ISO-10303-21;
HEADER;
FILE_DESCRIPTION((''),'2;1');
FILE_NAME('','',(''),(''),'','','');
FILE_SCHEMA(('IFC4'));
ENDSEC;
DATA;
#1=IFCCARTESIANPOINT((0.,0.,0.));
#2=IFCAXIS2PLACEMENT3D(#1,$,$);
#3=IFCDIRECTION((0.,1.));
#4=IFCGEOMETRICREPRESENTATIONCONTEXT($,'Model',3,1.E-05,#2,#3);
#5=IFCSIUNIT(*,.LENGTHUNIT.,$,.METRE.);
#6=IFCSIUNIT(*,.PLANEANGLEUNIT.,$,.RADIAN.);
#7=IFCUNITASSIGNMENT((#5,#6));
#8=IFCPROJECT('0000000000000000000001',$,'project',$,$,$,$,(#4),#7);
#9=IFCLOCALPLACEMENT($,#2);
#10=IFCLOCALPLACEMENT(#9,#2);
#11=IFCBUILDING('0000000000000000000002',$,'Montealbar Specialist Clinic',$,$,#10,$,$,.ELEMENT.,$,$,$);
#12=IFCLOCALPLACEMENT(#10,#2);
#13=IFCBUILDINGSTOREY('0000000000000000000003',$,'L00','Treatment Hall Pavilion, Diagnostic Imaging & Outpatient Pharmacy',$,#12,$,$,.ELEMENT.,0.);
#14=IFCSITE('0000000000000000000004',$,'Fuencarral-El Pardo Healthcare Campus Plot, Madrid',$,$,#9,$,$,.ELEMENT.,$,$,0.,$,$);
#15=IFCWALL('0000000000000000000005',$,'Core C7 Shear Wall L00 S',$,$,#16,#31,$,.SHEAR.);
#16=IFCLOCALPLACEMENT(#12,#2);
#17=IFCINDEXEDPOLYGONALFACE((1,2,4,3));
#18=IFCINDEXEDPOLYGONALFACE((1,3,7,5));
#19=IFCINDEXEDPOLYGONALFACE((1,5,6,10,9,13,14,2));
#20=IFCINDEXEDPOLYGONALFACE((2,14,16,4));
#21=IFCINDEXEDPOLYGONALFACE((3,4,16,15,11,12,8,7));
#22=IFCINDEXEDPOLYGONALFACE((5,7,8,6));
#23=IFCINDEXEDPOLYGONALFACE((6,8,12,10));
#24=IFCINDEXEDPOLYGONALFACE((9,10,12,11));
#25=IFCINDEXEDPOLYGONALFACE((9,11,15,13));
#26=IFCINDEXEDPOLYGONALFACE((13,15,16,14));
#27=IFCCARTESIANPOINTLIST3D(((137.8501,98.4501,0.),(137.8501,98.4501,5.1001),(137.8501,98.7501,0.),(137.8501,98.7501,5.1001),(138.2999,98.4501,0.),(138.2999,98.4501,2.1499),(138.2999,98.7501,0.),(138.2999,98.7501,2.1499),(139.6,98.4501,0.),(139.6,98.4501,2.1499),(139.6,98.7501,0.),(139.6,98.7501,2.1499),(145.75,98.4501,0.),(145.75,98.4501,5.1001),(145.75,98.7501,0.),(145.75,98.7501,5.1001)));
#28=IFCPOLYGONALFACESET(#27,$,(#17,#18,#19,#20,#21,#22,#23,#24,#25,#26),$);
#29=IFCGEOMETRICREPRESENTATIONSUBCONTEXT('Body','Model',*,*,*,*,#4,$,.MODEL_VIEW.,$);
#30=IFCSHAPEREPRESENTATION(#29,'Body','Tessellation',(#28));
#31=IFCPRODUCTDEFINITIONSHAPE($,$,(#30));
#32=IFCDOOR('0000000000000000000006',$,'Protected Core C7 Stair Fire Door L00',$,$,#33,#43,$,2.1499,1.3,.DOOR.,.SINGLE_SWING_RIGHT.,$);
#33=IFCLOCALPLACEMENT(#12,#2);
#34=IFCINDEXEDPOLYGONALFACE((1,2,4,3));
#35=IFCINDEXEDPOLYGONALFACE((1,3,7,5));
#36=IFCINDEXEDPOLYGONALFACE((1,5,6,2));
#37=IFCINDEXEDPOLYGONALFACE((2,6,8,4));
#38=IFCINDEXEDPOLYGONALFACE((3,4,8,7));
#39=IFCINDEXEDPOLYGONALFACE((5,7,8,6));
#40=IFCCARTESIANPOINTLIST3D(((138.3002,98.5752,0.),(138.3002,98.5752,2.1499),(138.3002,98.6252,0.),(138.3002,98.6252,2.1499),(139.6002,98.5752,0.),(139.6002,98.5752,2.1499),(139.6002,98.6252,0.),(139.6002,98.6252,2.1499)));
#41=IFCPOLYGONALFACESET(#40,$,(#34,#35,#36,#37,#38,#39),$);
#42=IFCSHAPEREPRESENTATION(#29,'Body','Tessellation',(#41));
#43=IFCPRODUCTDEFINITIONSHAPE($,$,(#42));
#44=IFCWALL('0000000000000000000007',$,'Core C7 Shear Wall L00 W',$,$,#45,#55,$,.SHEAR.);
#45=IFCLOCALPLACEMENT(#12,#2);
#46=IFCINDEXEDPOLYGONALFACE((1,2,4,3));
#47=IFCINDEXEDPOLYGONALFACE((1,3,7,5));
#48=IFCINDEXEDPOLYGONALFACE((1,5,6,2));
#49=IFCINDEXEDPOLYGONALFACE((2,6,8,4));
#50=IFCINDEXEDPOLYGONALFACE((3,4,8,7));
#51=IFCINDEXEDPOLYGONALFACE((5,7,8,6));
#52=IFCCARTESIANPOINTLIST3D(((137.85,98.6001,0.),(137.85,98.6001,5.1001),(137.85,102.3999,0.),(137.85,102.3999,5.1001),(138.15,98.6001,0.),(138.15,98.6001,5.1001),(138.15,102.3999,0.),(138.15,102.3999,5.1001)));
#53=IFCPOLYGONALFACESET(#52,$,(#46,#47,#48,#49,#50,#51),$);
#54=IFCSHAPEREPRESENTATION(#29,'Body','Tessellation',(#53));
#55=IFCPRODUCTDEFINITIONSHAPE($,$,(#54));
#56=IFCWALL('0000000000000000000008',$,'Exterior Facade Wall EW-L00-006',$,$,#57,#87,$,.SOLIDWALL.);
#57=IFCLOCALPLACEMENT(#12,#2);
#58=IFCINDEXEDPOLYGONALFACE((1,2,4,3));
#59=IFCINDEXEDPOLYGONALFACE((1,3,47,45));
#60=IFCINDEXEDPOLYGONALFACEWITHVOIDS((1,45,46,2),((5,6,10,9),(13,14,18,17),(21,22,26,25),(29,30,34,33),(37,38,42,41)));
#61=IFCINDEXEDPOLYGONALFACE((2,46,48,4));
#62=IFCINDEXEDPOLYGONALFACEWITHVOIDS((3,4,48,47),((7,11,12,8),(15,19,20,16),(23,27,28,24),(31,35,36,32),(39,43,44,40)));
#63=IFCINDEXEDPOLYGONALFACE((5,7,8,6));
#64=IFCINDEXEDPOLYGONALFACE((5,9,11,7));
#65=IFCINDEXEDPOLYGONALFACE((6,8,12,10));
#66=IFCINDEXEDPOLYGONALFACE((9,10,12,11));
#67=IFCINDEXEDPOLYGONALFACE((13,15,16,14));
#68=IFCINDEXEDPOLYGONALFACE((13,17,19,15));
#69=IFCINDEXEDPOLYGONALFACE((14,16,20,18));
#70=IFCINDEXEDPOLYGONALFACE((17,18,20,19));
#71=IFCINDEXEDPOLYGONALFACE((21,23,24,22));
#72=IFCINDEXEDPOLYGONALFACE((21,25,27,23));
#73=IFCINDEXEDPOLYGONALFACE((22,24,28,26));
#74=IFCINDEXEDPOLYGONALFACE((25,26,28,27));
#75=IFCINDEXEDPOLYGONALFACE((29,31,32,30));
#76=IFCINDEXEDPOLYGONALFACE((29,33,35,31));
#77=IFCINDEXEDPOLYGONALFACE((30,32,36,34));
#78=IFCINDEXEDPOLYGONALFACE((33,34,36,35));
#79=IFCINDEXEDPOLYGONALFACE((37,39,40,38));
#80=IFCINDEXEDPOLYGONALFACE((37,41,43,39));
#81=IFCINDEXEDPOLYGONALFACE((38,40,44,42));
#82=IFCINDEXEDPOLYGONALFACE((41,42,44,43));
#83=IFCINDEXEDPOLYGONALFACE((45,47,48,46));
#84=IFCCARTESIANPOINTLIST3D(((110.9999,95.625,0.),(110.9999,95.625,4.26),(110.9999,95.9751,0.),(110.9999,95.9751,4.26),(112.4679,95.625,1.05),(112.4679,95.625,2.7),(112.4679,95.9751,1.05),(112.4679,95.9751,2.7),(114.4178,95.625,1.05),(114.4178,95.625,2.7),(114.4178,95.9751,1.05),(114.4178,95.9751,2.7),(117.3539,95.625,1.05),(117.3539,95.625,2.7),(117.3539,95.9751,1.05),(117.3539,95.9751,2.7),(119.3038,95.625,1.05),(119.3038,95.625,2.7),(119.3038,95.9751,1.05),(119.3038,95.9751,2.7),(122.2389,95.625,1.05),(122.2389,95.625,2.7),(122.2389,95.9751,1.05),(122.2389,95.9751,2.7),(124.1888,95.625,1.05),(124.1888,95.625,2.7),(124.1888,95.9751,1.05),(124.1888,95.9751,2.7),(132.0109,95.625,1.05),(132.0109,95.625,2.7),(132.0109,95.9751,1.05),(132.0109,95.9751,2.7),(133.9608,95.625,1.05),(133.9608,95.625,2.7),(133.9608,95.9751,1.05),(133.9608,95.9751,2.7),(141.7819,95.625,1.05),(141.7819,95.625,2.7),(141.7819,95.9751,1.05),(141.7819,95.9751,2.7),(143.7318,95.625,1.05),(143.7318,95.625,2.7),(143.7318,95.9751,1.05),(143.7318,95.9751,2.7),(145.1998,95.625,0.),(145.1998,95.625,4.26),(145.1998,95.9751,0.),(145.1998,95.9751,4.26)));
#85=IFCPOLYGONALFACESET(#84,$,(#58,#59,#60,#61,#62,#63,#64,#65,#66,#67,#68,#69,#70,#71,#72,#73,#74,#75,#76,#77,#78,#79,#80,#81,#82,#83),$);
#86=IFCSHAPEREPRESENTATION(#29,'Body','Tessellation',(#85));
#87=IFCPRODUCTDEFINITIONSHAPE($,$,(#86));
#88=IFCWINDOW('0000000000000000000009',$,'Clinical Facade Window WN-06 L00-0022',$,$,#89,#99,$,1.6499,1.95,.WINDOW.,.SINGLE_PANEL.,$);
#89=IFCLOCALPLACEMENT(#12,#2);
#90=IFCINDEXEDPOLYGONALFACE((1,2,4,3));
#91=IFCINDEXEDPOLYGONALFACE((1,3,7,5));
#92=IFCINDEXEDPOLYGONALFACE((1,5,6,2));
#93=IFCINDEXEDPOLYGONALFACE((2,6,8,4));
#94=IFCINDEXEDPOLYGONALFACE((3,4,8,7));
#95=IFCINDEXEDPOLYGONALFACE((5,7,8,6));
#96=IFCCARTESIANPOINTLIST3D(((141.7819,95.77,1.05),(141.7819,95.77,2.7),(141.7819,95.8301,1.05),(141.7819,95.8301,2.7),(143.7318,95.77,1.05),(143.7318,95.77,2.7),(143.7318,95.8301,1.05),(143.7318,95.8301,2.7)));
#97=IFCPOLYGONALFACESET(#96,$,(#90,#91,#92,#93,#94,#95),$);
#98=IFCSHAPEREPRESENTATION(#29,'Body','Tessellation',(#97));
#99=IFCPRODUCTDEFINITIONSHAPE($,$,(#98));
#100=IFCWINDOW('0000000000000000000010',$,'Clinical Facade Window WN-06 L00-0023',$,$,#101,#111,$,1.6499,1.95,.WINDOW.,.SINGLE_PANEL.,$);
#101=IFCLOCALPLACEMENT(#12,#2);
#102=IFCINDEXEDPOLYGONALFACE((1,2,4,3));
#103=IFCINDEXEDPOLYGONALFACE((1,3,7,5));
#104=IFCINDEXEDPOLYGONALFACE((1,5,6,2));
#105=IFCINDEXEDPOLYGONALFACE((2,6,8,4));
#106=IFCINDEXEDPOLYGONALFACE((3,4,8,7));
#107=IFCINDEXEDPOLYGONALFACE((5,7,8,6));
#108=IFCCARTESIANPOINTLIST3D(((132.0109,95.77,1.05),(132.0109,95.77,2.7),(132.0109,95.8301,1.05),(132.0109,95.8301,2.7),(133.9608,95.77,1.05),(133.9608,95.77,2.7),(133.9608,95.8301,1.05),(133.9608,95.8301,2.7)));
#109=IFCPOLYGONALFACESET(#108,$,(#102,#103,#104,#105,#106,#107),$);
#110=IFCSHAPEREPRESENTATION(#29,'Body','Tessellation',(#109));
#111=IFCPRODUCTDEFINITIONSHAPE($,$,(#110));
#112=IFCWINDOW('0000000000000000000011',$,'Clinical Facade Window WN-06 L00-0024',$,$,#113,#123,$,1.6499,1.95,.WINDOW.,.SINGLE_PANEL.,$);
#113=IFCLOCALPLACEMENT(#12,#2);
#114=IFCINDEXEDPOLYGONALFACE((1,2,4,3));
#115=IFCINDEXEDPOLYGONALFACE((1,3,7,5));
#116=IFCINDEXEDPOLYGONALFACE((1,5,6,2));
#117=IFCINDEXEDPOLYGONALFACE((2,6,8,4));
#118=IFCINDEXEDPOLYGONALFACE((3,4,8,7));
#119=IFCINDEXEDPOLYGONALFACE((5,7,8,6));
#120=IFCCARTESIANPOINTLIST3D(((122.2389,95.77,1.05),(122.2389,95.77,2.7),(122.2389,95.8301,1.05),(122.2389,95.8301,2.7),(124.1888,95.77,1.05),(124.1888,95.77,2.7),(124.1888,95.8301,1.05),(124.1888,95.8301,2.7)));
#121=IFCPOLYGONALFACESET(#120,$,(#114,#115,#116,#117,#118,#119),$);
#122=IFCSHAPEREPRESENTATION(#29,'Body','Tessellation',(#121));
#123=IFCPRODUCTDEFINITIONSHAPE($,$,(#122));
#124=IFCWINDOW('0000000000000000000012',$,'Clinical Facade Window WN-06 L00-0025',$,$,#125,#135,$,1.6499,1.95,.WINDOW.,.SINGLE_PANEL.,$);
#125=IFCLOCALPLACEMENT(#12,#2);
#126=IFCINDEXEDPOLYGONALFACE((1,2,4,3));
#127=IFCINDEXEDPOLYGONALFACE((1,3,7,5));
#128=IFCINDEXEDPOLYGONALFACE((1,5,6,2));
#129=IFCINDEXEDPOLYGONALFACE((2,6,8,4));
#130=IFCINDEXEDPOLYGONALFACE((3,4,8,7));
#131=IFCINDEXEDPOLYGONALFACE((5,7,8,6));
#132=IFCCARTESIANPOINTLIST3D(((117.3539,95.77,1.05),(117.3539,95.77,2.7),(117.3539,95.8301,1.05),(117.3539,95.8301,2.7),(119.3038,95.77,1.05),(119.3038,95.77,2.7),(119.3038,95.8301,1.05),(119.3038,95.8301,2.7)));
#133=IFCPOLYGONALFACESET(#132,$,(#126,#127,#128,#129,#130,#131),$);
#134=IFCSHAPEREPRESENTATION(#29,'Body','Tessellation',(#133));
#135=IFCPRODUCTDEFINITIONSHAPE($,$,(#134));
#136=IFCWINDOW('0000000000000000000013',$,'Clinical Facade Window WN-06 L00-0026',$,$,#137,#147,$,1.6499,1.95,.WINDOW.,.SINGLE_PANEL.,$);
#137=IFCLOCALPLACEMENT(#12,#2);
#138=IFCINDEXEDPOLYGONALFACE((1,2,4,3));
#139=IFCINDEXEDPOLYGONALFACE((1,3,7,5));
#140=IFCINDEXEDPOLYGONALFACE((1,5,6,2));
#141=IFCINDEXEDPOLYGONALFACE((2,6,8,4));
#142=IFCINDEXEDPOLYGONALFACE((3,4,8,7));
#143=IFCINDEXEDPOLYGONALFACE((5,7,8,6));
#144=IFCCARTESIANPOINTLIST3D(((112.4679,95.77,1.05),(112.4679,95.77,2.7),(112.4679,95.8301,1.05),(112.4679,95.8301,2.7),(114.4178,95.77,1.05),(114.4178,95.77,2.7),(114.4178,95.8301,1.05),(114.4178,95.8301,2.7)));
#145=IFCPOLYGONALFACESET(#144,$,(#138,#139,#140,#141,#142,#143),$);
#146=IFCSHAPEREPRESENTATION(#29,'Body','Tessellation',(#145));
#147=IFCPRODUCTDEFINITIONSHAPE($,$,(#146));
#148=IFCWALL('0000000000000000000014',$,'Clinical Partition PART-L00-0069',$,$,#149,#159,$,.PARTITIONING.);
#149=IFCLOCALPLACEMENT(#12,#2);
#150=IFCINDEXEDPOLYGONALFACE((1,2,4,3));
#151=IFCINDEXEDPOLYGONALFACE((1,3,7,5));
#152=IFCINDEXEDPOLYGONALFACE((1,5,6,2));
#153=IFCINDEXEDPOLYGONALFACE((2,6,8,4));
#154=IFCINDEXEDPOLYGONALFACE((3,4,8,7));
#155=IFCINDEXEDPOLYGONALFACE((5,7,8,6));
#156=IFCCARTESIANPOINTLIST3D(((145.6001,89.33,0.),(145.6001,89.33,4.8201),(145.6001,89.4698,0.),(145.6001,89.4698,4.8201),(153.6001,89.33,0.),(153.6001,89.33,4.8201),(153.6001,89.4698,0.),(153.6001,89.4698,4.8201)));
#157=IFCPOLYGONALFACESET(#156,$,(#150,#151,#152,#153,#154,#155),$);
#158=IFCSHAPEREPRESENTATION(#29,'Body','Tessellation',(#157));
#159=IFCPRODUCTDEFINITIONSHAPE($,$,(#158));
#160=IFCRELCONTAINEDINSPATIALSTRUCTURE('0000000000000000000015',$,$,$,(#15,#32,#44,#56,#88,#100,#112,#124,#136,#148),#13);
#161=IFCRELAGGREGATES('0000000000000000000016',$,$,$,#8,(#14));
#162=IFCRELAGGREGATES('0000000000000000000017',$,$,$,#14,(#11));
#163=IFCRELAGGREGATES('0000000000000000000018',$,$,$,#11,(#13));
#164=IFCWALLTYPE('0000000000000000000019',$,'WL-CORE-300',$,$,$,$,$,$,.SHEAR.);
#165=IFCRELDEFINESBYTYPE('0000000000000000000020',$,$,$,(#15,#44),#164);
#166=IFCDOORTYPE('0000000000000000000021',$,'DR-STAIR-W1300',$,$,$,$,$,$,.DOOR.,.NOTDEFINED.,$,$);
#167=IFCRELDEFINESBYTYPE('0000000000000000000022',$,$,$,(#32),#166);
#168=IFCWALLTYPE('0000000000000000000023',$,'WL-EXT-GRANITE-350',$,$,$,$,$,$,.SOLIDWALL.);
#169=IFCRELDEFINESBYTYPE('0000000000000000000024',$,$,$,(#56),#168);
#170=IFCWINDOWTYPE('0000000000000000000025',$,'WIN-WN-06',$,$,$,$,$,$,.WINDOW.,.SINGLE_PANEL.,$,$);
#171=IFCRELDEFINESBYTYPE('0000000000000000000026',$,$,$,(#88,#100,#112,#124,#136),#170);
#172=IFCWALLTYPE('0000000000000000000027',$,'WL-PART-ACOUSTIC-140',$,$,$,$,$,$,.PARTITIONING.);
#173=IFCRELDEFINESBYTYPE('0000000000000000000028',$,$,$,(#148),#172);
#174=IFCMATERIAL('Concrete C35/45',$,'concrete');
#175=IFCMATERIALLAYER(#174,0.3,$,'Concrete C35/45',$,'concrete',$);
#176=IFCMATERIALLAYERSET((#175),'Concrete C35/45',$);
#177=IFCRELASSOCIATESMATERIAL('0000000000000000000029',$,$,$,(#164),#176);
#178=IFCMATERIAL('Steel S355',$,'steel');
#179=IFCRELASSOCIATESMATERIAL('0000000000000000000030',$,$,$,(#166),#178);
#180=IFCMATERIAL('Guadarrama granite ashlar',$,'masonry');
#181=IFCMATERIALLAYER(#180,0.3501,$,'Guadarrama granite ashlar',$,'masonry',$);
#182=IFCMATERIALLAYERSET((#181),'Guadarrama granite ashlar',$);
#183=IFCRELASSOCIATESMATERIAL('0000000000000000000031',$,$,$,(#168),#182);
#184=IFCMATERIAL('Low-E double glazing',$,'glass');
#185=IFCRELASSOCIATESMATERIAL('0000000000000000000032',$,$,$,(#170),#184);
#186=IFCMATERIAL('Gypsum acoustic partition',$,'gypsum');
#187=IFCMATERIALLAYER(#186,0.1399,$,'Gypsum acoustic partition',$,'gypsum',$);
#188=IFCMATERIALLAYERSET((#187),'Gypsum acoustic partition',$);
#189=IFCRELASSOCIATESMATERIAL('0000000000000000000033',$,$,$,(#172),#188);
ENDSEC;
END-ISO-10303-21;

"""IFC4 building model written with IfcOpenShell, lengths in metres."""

from ifc_helpers import new_model, si_unit, direction, frame, frame_2d, origin, place, context, subcontext, project, spatial, rectangle, extrude, material, layer, layer_set, type_object, element, fill, save


model = new_model("IFC4")

# Units and contexts
model_context = context("Model", 3, precision=1e-05, world=origin(), true_north=direction((0.0, 1.0)))
body_context = subcontext(model_context, "Body", "Model", "MODEL_VIEW")
ifc_project = project(units=[si_unit("LENGTHUNIT", "METRE"), si_unit("PLANEANGLEUNIT", "RADIAN")], contexts=[model_context])

# Site, building, storey
site_placement = place(None, origin())
site = spatial("IfcSite", under=ifc_project, at=site_placement, Name="Fuencarral-El Pardo Healthcare Campus Plot, Madrid", CompositionType="ELEMENT", RefElevation=0.0)
building_placement = place(site_placement, origin())
building = spatial("IfcBuilding", under=site, at=building_placement, Name="Montealbar Specialist Clinic", CompositionType="ELEMENT")
storey_placement = place(building_placement, origin())
storey = spatial("IfcBuildingStorey", under=building, at=storey_placement, Name="L00", Description="Treatment Hall Pavilion, Diagnostic Imaging & Outpatient Pharmacy", CompositionType="ELEMENT", Elevation=0.0)

# Shared definitions
ifc_material_1 = material(Name="Steel S355", Category="steel")

# Wall, opening, door
ifc_material_2 = material(Name="Concrete C35/45", Category="concrete")
ifc_layer_1 = layer(ifc_material_2, 0.3, Name="Concrete C35/45", Category="concrete")
ifc_layer_set_1 = layer_set([ifc_layer_1], Name="Concrete C35/45")
wall_type_1 = type_object("IfcWallType", Name="WL-CORE-300", PredefinedType="SHEAR", material=ifc_layer_set_1)
wall_1_placement = place(storey_placement, frame((137.8501, 98.6001, 0.0), z_axis=(0.0, 0.0, 1.0), x_axis=(1.0, 0.0, 0.0)))
wall_1 = element("IfcWall", 1, at=wall_1_placement, inside=storey, type_object=wall_type_1, Name="Core C7 Shear Wall L00 S", PredefinedType="SHEAR", context=body_context, shape_type="SweptSolid", body=[
    extrude(rectangle(XDim=7.8999, YDim=0.3, at=frame_2d((3.95, 0.0))), origin(), (0.0, 0.0, 1.0), 5.1001),
])
opening_1_placement = place(wall_1_placement, frame((0.45, 0.0, 0.0)))
opening_1 = element("IfcOpeningElement", 2, at=opening_1_placement, cuts=wall_1, PredefinedType="OPENING", context=body_context, shape_type="SweptSolid", body=[
    extrude(rectangle(XDim=1.3, YDim=2.1499, at=frame_2d((0.6499, 1.075))), frame((0.0, 0.1599, 0.0), z_axis=(0.0, -1.0, 0.0), x_axis=(1.0, 0.0, 0.0)), (0.0, 0.0, 1.0), 0.3201),
])
door_type = type_object("IfcDoorType", Name="DR-STAIR-W1300", OperationType="NOTDEFINED", PredefinedType="DOOR", material=ifc_material_1)
door_placement = place(opening_1_placement, frame((1.3, 0.0, 0.0), z_axis=(0.0, 0.0, 1.0), x_axis=(-1.0, 0.0, 0.0)))
door = element("IfcDoor", 3, at=door_placement, inside=storey, type_object=door_type, Name="Protected Core C7 Stair Fire Door L00", OperationType="SINGLE_SWING_RIGHT", OverallHeight=2.1499, OverallWidth=1.3, PredefinedType="DOOR", context=body_context, shape_type="SweptSolid", body=[
    extrude(rectangle(XDim=1.3, YDim=2.1499, at=frame_2d((0.6499, 1.075))), frame((0.0, 0.0249, 0.0), z_axis=(0.0, -1.0, 0.0), x_axis=(1.0, 0.0, 0.0)), (0.0, 0.0, 1.0), 0.05),
])
fill(opening_1, door)

# Wall
wall_2_placement = place(storey_placement, frame((138.0, 98.6001, 0.0), z_axis=(0.0, 0.0, 1.0), x_axis=(0.0, 1.0, 0.0)))
element("IfcWall", 4, at=wall_2_placement, inside=storey, type_object=wall_type_1, Name="Core C7 Shear Wall L00 W", PredefinedType="SHEAR", context=body_context, shape_type="SweptSolid", body=[
    extrude(rectangle(XDim=3.7998, YDim=0.3, at=frame_2d((1.8999, 0.0))), origin(), (0.0, 0.0, 1.0), 5.1001),
])

# Wall, openings, windows
ifc_material_3 = material(Name="Guadarrama granite ashlar", Category="masonry")
ifc_layer_2 = layer(ifc_material_3, 0.3501, Name="Guadarrama granite ashlar", Category="masonry")
ifc_layer_set_2 = layer_set([ifc_layer_2], Name="Guadarrama granite ashlar")
wall_type_2 = type_object("IfcWallType", Name="WL-EXT-GRANITE-350", PredefinedType="SOLIDWALL", material=ifc_layer_set_2)
wall_3_placement = place(storey_placement, frame((145.2, 95.8, 0.0), z_axis=(0.0, 0.0, 1.0), x_axis=(-1.0, 0.0, 0.0)))
wall_3 = element("IfcWall", 5, at=wall_3_placement, inside=storey, type_object=wall_type_2, Name="Exterior Facade Wall EW-L00-006", PredefinedType="SOLIDWALL", context=body_context, shape_type="SweptSolid", body=[
    extrude(rectangle(XDim=34.2, YDim=0.3501, at=frame_2d((17.1001, 0.0))), origin(), (0.0, 0.0, 1.0), 4.26),
])
opening_2_placement = place(wall_3_placement, frame((1.468, 0.0, 1.05)))
opening_2 = element("IfcOpeningElement", 6, at=opening_2_placement, cuts=wall_3, PredefinedType="OPENING", context=body_context, shape_type="SweptSolid", body=[
    extrude(rectangle(XDim=1.95, YDim=1.6499, at=frame_2d((0.9751, 0.825))), frame((0.0, 0.1851, 0.0), z_axis=(0.0, -1.0, 0.0), x_axis=(1.0, 0.0, 0.0)), (0.0, 0.0, 1.0), 0.3701),
])
opening_3_placement = place(wall_3_placement, frame((11.239, 0.0, 1.05)))
opening_3 = element("IfcOpeningElement", 7, at=opening_3_placement, cuts=wall_3, PredefinedType="OPENING", context=body_context, shape_type="SweptSolid", body=[
    extrude(rectangle(XDim=1.95, YDim=1.6499, at=frame_2d((0.9751, 0.825))), frame((0.0, 0.1851, 0.0), z_axis=(0.0, -1.0, 0.0), x_axis=(1.0, 0.0, 0.0)), (0.0, 0.0, 1.0), 0.3701),
])
opening_4_placement = place(wall_3_placement, frame((21.011, 0.0, 1.05)))
opening_4 = element("IfcOpeningElement", 8, at=opening_4_placement, cuts=wall_3, PredefinedType="OPENING", context=body_context, shape_type="SweptSolid", body=[
    extrude(rectangle(XDim=1.95, YDim=1.6499, at=frame_2d((0.9751, 0.825))), frame((0.0, 0.1851, 0.0), z_axis=(0.0, -1.0, 0.0), x_axis=(1.0, 0.0, 0.0)), (0.0, 0.0, 1.0), 0.3701),
])
opening_5_placement = place(wall_3_placement, frame((25.896, 0.0, 1.05)))
opening_5 = element("IfcOpeningElement", 9, at=opening_5_placement, cuts=wall_3, PredefinedType="OPENING", context=body_context, shape_type="SweptSolid", body=[
    extrude(rectangle(XDim=1.95, YDim=1.6499, at=frame_2d((0.9751, 0.825))), frame((0.0, 0.1851, 0.0), z_axis=(0.0, -1.0, 0.0), x_axis=(1.0, 0.0, 0.0)), (0.0, 0.0, 1.0), 0.3701),
])
opening_6_placement = place(wall_3_placement, frame((30.782, 0.0, 1.05)))
opening_6 = element("IfcOpeningElement", 10, at=opening_6_placement, cuts=wall_3, PredefinedType="OPENING", context=body_context, shape_type="SweptSolid", body=[
    extrude(rectangle(XDim=1.95, YDim=1.6499, at=frame_2d((0.9751, 0.825))), frame((0.0, 0.1851, 0.0), z_axis=(0.0, -1.0, 0.0), x_axis=(1.0, 0.0, 0.0)), (0.0, 0.0, 1.0), 0.3701),
])
ifc_material_4 = material(Name="Low-E double glazing", Category="glass")
window_type = type_object("IfcWindowType", Name="WIN-WN-06", PartitioningType="SINGLE_PANEL", PredefinedType="WINDOW", material=ifc_material_4)
window_1_placement = place(opening_2_placement, origin())
window_1 = element("IfcWindow", 11, at=window_1_placement, inside=storey, type_object=window_type, Name="Clinical Facade Window WN-06 L00-0022", OverallHeight=1.6499, OverallWidth=1.95, PartitioningType="SINGLE_PANEL", PredefinedType="WINDOW", context=body_context, shape_type="SweptSolid", body=[
    extrude(rectangle(XDim=1.95, YDim=1.6499, at=frame_2d((0.9751, 0.825))), frame((0.0, 0.03, 0.0), z_axis=(0.0, -1.0, 0.0), x_axis=(1.0, 0.0, 0.0)), (0.0, 0.0, 1.0), 0.0601),
])
fill(opening_2, window_1)
window_2_placement = place(opening_3_placement, origin())
window_2 = element("IfcWindow", 12, at=window_2_placement, inside=storey, type_object=window_type, Name="Clinical Facade Window WN-06 L00-0023", OverallHeight=1.6499, OverallWidth=1.95, PartitioningType="SINGLE_PANEL", PredefinedType="WINDOW", context=body_context, shape_type="SweptSolid", body=[
    extrude(rectangle(XDim=1.95, YDim=1.6499, at=frame_2d((0.9751, 0.825))), frame((0.0, 0.03, 0.0), z_axis=(0.0, -1.0, 0.0), x_axis=(1.0, 0.0, 0.0)), (0.0, 0.0, 1.0), 0.0601),
])
fill(opening_3, window_2)
window_3_placement = place(opening_4_placement, origin())
window_3 = element("IfcWindow", 13, at=window_3_placement, inside=storey, type_object=window_type, Name="Clinical Facade Window WN-06 L00-0024", OverallHeight=1.6499, OverallWidth=1.95, PartitioningType="SINGLE_PANEL", PredefinedType="WINDOW", context=body_context, shape_type="SweptSolid", body=[
    extrude(rectangle(XDim=1.95, YDim=1.6499, at=frame_2d((0.9751, 0.825))), frame((0.0, 0.03, 0.0), z_axis=(0.0, -1.0, 0.0), x_axis=(1.0, 0.0, 0.0)), (0.0, 0.0, 1.0), 0.0601),
])
fill(opening_4, window_3)
window_4_placement = place(opening_5_placement, origin())
window_4 = element("IfcWindow", 14, at=window_4_placement, inside=storey, type_object=window_type, Name="Clinical Facade Window WN-06 L00-0025", OverallHeight=1.6499, OverallWidth=1.95, PartitioningType="SINGLE_PANEL", PredefinedType="WINDOW", context=body_context, shape_type="SweptSolid", body=[
    extrude(rectangle(XDim=1.95, YDim=1.6499, at=frame_2d((0.9751, 0.825))), frame((0.0, 0.03, 0.0), z_axis=(0.0, -1.0, 0.0), x_axis=(1.0, 0.0, 0.0)), (0.0, 0.0, 1.0), 0.0601),
])
fill(opening_5, window_4)
window_5_placement = place(opening_6_placement, origin())
window_5 = element("IfcWindow", 15, at=window_5_placement, inside=storey, type_object=window_type, Name="Clinical Facade Window WN-06 L00-0026", OverallHeight=1.6499, OverallWidth=1.95, PartitioningType="SINGLE_PANEL", PredefinedType="WINDOW", context=body_context, shape_type="SweptSolid", body=[
    extrude(rectangle(XDim=1.95, YDim=1.6499, at=frame_2d((0.9751, 0.825))), frame((0.0, 0.03, 0.0), z_axis=(0.0, -1.0, 0.0), x_axis=(1.0, 0.0, 0.0)), (0.0, 0.0, 1.0), 0.0601),
])
fill(opening_6, window_5)

# Wall
ifc_material_5 = material(Name="Gypsum acoustic partition", Category="gypsum")
ifc_layer_3 = layer(ifc_material_5, 0.1399, Name="Gypsum acoustic partition", Category="gypsum")
ifc_layer_set_3 = layer_set([ifc_layer_3], Name="Gypsum acoustic partition")
wall_type_3 = type_object("IfcWallType", Name="WL-PART-ACOUSTIC-140", PredefinedType="PARTITIONING", material=ifc_layer_set_3)
wall_4_placement = place(storey_placement, frame((145.6001, 89.3999, 0.0), z_axis=(0.0, 0.0, 1.0), x_axis=(1.0, 0.0, 0.0)))
element("IfcWall", 16, at=wall_4_placement, inside=storey, type_object=wall_type_3, Name="Clinical Partition PART-L00-0069", PredefinedType="PARTITIONING", context=body_context, shape_type="SweptSolid", body=[
    extrude(rectangle(XDim=8.0, YDim=0.1399, at=frame_2d((4.0, 0.0))), origin(), (0.0, 0.0, 1.0), 4.8201),
])

save(model, "model.ifc")
